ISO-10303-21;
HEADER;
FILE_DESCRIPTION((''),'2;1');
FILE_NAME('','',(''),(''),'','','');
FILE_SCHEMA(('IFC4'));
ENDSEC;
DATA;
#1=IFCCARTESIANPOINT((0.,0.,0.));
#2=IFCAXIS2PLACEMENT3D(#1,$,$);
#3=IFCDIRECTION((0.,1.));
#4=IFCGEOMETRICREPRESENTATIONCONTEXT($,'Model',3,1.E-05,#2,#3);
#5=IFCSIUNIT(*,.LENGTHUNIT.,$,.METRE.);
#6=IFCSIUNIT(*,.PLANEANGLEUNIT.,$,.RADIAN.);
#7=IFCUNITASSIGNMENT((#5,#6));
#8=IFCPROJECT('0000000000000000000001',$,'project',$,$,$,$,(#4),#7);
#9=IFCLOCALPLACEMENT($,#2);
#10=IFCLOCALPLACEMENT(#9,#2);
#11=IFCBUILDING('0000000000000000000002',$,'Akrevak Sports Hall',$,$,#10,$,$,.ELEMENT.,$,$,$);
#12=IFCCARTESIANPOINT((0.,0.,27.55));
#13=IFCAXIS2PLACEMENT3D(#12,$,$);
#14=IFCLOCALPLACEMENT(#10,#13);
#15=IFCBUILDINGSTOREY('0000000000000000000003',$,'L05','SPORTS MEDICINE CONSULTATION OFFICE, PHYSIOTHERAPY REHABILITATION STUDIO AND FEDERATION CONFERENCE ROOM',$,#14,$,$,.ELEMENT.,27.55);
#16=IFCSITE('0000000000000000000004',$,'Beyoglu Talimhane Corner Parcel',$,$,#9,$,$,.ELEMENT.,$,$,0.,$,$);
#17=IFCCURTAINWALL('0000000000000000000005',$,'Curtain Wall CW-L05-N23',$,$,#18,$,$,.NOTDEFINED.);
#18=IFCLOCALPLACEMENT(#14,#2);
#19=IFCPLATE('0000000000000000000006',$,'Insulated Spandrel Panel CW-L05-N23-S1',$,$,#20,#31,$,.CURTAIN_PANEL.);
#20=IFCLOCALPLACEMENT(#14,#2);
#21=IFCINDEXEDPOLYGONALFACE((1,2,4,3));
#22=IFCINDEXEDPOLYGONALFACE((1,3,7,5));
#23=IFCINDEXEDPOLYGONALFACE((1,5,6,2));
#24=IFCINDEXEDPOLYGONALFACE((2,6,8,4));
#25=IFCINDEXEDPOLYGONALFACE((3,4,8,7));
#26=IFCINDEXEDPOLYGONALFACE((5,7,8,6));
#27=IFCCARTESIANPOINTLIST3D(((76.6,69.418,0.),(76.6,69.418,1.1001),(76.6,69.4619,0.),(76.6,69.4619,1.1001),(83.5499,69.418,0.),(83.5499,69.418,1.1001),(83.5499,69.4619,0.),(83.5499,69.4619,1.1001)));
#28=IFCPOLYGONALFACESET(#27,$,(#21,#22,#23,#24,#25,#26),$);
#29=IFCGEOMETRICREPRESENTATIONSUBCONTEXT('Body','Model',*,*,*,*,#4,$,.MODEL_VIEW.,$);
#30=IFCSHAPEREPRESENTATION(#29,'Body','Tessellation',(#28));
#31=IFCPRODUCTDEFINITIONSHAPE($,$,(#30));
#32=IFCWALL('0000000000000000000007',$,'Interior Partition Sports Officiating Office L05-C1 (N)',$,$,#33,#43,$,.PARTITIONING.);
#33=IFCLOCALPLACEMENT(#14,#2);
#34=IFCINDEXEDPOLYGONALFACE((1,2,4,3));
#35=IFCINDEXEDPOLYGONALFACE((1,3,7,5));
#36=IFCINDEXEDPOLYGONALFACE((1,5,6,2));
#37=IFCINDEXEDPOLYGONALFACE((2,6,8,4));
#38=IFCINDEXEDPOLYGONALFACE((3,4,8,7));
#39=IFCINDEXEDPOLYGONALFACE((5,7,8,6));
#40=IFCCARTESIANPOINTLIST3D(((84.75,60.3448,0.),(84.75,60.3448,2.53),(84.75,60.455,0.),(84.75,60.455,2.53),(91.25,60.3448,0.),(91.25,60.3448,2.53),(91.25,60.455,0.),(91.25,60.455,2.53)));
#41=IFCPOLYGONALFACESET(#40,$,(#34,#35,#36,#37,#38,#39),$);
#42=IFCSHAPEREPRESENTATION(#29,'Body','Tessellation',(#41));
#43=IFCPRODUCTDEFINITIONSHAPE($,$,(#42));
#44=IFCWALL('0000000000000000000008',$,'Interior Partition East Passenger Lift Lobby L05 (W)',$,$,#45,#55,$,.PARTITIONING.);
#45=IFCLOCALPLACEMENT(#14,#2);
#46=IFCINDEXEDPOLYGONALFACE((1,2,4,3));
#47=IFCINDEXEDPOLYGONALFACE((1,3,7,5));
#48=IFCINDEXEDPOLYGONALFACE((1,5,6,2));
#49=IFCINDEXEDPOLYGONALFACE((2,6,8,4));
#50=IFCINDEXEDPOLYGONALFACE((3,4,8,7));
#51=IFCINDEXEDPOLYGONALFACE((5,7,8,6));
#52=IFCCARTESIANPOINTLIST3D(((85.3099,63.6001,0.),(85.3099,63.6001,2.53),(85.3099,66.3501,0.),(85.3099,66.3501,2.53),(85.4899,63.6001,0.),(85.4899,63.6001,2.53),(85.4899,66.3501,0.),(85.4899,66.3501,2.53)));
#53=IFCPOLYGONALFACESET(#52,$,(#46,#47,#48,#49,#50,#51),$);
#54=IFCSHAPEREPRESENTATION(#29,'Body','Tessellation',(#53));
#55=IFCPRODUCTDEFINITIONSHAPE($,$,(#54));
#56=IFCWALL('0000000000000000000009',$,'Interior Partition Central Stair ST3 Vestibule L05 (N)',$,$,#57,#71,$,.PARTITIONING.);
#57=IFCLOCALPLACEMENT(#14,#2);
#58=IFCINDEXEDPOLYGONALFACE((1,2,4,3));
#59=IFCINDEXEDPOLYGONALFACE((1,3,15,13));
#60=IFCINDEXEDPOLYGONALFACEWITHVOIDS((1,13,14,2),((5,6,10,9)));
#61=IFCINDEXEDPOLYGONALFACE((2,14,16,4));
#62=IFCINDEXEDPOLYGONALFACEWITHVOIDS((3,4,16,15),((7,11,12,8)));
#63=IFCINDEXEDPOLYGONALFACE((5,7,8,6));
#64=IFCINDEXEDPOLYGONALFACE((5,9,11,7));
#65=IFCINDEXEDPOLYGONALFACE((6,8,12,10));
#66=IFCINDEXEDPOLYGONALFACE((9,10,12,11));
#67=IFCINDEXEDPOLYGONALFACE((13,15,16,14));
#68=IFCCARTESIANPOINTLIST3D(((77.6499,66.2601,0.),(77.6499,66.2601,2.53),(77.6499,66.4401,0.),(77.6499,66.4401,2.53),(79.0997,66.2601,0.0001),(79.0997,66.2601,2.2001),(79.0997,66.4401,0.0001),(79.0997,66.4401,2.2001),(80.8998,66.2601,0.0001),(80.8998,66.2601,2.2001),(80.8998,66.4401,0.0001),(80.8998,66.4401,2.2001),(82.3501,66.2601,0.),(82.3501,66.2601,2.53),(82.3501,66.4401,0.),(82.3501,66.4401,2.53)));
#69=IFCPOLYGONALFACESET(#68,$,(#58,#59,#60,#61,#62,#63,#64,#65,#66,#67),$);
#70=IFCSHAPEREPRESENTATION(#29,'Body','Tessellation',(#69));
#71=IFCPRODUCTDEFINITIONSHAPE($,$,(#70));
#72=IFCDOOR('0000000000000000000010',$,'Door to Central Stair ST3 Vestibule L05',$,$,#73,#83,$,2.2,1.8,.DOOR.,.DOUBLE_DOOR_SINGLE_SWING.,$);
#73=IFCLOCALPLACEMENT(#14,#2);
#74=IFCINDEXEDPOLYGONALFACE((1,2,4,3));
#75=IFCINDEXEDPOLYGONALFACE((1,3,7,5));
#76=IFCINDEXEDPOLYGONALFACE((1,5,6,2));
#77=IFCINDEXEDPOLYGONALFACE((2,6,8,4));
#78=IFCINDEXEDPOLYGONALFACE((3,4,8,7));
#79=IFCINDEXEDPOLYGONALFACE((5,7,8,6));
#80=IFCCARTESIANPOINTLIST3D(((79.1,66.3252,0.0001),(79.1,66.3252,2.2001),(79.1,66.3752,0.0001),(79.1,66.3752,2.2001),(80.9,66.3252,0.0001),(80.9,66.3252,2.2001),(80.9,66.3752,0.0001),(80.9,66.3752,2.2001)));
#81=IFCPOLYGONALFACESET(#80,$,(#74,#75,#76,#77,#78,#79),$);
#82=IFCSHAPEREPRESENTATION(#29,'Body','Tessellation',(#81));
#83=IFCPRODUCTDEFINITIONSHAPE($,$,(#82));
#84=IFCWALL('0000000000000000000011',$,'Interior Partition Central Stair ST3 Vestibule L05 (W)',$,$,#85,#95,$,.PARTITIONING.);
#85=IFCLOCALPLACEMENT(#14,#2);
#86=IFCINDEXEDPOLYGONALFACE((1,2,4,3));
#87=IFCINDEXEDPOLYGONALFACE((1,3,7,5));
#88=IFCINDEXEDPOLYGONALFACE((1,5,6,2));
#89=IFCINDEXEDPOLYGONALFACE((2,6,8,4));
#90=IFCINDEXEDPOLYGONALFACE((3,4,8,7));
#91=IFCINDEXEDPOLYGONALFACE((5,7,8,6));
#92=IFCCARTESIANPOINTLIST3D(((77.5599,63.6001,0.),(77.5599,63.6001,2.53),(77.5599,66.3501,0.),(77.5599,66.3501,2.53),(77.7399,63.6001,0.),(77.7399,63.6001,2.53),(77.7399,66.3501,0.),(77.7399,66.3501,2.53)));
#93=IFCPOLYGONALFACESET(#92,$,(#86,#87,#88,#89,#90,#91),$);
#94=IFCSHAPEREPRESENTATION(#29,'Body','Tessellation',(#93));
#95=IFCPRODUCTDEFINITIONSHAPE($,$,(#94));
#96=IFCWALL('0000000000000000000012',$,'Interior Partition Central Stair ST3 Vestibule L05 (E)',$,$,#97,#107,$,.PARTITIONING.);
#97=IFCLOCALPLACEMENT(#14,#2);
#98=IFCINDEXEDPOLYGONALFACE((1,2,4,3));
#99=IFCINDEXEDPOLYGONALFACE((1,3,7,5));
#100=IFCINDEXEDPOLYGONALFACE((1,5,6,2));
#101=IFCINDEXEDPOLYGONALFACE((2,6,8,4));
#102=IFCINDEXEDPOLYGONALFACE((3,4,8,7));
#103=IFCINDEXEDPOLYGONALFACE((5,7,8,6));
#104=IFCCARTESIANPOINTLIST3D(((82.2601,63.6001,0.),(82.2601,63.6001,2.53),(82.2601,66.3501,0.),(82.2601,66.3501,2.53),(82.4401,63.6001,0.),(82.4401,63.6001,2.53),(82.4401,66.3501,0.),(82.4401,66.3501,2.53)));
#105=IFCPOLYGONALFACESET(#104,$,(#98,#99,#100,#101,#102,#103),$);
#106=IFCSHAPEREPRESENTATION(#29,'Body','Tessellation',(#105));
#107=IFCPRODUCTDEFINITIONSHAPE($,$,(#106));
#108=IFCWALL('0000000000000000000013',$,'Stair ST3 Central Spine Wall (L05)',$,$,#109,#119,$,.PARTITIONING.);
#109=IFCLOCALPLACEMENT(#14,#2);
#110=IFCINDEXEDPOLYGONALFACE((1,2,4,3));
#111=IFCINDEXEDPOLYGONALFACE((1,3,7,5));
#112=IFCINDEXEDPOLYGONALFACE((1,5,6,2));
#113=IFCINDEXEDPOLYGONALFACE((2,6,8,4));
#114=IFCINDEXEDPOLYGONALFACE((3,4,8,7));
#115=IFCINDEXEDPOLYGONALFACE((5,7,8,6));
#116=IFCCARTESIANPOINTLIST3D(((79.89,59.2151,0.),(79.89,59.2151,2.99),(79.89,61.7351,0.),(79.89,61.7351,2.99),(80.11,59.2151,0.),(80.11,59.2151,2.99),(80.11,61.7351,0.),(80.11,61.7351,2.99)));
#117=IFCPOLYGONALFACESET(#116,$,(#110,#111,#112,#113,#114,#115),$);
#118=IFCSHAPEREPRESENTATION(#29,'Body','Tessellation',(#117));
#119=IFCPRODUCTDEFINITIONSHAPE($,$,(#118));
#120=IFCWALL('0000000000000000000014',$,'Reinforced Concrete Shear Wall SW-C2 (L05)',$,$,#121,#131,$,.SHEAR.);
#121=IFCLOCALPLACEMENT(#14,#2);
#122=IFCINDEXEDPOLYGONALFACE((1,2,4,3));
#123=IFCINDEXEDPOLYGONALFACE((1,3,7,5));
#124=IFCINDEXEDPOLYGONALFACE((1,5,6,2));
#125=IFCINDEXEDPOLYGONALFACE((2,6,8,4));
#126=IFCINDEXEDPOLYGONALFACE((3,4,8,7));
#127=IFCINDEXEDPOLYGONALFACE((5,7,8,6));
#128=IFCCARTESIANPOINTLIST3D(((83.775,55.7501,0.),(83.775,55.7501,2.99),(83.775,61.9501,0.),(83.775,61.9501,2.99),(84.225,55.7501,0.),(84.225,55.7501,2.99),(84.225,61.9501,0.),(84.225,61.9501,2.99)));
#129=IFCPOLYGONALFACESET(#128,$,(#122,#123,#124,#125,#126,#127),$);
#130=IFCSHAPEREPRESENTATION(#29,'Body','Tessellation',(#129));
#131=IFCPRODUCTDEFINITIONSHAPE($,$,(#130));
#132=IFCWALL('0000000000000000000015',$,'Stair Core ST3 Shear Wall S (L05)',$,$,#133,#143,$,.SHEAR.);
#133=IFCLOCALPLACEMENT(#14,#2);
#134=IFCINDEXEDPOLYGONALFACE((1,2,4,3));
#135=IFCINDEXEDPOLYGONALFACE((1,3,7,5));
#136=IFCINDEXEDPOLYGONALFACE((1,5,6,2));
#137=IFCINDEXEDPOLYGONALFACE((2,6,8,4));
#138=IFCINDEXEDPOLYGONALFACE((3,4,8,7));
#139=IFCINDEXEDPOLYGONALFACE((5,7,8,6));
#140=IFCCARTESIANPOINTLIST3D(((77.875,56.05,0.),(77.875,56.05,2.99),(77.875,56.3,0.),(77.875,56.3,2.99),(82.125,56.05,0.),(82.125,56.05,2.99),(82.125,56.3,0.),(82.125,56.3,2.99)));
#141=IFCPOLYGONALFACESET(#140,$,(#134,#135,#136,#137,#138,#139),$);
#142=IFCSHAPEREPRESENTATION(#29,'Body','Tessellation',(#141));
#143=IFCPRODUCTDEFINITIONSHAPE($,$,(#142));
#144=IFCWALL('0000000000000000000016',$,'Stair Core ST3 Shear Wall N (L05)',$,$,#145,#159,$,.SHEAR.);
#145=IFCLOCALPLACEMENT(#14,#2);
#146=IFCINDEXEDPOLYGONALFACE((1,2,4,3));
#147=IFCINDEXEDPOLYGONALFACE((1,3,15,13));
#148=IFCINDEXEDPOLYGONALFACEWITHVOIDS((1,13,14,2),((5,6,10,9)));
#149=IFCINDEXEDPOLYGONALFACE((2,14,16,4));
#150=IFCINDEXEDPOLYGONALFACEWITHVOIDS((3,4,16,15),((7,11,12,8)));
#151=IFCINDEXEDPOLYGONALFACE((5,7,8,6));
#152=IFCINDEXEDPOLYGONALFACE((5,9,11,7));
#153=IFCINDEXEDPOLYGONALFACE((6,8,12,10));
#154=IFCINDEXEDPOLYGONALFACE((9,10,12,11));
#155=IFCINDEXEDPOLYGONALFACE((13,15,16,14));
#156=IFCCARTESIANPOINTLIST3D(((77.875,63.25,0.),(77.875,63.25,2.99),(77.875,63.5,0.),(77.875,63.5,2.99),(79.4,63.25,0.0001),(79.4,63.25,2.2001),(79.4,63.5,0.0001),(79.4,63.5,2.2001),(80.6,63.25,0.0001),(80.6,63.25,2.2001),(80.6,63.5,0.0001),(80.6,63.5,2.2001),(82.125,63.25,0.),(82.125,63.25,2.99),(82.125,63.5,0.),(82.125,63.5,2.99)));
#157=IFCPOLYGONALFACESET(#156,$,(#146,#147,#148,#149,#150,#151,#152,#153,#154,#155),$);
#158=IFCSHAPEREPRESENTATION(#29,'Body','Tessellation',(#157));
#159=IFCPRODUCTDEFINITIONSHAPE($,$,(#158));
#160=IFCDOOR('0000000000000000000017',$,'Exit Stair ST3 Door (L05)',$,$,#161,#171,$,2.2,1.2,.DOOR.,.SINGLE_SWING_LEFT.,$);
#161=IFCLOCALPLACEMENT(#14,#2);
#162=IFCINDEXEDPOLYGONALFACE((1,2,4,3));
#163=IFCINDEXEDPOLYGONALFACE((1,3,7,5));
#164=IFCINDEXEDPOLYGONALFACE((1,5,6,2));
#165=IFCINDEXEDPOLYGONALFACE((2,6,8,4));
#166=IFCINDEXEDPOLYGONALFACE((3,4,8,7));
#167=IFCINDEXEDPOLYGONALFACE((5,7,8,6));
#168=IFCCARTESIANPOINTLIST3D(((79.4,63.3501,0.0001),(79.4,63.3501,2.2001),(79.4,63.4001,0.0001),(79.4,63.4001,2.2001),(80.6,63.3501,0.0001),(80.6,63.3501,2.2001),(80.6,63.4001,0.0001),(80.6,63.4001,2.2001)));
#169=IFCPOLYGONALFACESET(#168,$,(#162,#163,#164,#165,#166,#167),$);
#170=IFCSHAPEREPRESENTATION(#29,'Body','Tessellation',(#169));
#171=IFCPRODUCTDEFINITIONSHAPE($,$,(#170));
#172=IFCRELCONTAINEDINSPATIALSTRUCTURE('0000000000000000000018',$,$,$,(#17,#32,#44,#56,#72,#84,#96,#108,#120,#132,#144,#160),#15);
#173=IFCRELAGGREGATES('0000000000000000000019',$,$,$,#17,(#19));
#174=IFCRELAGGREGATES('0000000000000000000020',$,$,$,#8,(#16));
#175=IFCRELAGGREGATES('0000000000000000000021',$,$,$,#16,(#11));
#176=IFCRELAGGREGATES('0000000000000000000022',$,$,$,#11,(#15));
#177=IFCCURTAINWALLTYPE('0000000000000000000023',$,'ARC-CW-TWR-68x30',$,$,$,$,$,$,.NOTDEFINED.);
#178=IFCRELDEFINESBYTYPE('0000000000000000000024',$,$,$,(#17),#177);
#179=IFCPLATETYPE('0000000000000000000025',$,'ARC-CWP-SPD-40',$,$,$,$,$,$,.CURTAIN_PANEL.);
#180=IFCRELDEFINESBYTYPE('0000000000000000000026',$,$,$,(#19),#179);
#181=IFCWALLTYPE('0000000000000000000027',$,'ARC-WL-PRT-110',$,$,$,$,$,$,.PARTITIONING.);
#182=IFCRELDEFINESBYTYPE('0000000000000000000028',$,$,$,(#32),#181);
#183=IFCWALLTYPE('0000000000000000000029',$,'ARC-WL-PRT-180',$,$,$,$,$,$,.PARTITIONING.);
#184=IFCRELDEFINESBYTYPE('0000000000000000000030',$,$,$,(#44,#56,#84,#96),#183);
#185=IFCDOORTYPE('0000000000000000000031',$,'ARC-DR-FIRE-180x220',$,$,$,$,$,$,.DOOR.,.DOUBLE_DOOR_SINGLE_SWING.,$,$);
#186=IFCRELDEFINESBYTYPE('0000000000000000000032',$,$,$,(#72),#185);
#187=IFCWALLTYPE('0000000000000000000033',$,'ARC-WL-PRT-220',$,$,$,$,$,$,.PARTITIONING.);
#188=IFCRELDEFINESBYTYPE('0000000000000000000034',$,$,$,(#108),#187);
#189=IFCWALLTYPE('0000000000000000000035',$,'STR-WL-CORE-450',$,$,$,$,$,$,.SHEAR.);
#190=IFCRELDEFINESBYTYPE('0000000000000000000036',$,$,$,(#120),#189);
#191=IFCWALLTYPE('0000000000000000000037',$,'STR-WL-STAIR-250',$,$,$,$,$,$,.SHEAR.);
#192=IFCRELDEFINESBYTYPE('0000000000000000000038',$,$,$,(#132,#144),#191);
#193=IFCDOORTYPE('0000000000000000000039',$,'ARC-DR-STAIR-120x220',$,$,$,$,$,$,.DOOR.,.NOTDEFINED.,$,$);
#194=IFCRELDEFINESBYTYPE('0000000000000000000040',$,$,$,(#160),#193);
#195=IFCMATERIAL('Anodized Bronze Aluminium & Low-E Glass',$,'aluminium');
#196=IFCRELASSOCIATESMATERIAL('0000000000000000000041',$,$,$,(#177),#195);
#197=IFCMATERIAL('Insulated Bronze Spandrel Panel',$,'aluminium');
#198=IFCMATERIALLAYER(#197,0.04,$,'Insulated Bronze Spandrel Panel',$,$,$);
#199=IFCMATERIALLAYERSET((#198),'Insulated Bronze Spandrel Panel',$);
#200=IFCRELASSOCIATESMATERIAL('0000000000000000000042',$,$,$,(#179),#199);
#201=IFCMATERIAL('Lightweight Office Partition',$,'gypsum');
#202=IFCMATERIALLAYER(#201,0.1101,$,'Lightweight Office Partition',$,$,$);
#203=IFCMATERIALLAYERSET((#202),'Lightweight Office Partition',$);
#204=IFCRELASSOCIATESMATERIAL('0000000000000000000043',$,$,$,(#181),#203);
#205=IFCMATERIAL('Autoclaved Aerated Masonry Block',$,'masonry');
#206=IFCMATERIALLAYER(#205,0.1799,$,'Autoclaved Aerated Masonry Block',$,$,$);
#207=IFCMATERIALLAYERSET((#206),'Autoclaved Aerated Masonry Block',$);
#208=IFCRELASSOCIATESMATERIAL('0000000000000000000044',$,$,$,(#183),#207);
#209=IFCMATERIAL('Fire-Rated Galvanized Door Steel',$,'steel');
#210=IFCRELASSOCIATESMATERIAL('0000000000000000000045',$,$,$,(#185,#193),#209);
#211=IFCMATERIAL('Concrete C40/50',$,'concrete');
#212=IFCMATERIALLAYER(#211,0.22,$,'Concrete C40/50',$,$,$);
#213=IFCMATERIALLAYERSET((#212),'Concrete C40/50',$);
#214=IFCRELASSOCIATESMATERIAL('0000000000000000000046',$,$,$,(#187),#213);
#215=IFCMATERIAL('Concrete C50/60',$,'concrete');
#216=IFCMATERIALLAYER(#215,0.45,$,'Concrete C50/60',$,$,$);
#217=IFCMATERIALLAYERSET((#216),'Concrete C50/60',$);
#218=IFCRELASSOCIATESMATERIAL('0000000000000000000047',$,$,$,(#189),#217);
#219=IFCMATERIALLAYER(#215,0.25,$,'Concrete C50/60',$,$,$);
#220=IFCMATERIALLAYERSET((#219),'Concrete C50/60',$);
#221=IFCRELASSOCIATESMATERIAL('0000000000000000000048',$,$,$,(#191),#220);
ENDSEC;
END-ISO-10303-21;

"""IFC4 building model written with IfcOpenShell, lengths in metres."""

from ifc_helpers import new_model, si_unit, direction, frame, frame_2d, origin, origin_2d, place, context, subcontext, project, spatial, rectangle, extrude, material, layer, layer_set, type_object, element, fill, aggregate, save


model = new_model("IFC4")

# Units and contexts
model_context = context("Model", 3, precision=1e-05, world=origin(), true_north=direction((0.0, 1.0)))
body_context = subcontext(model_context, "Body", "Model", "MODEL_VIEW")
ifc_project = project(units=[si_unit("LENGTHUNIT", "METRE"), si_unit("PLANEANGLEUNIT", "RADIAN")], contexts=[model_context])

# Site, building, storey
site_placement = place(None, origin())
site = spatial("IfcSite", under=ifc_project, at=site_placement, Name="Beyoglu Talimhane Corner Parcel", CompositionType="ELEMENT", RefElevation=0.0)
building_placement = place(site_placement, origin())
building = spatial("IfcBuilding", under=site, at=building_placement, Name="Akrevak Sports Hall", CompositionType="ELEMENT")
storey_placement = place(building_placement, frame((0.0, 0.0, 27.55)))
storey = spatial("IfcBuildingStorey", under=building, at=storey_placement, Name="L05", Description="SPORTS MEDICINE CONSULTATION OFFICE, PHYSIOTHERAPY REHABILITATION STUDIO AND FEDERATION CONFERENCE ROOM", CompositionType="ELEMENT", Elevation=27.55)

# Shared definitions
ifc_material_1 = material(Name="Concrete C40/50", Category="concrete")

# Shared definitions
ifc_material_2 = material(Name="Anodized Bronze Aluminium & Low-E Glass", Category="aluminium")
curtain_wall_type = type_object("IfcCurtainWallType", Name="ARC-CW-TWR-68x30", PredefinedType="NOTDEFINED", material=ifc_material_2)

# Curtain wall
curtain_wall_1_placement = place(storey_placement, origin())
curtain_wall_1 = element("IfcCurtainWall", 1, at=curtain_wall_1_placement, inside=storey, type_object=curtain_wall_type, Name="Curtain Wall CW-L05-N23", PredefinedType="NOTDEFINED")

# Plate
ifc_material_3 = material(Name="Insulated Bronze Spandrel Panel", Category="aluminium")
ifc_layer_1 = layer(ifc_material_3, 0.04, Name="Insulated Bronze Spandrel Panel")
ifc_layer_set_1 = layer_set([ifc_layer_1], Name="Insulated Bronze Spandrel Panel")
plate_type_1 = type_object("IfcPlateType", Name="ARC-CWP-SPD-40", PredefinedType="CURTAIN_PANEL", material=ifc_layer_set_1)
plate_1_placement = place(storey_placement, frame((80.075, 69.4399, 0.0), z_axis=(0.0, 0.0, 1.0), x_axis=(-1.0, 0.0, 0.0)))
plate_1 = element("IfcPlate", 2, at=plate_1_placement, type_object=plate_type_1, Name="Insulated Spandrel Panel CW-L05-N23-S1", PredefinedType="CURTAIN_PANEL", context=body_context, shape_type="SweptSolid", body=[
    extrude(rectangle(XDim=6.95, YDim=0.0439, at=origin_2d()), origin(), (0.0, 0.0, 1.0), 1.1001),
])
aggregate(curtain_wall_1, [plate_1])

# Walls
ifc_material_4 = material(Name="Lightweight Office Partition", Category="gypsum")
ifc_layer_2 = layer(ifc_material_4, 0.1101, Name="Lightweight Office Partition")
ifc_layer_set_2 = layer_set([ifc_layer_2], Name="Lightweight Office Partition")
wall_type_1 = type_object("IfcWallType", Name="ARC-WL-PRT-110", PredefinedType="PARTITIONING", material=ifc_layer_set_2)
wall_1_placement = place(storey_placement, frame((84.75, 60.3999, 0.0), z_axis=(0.0, 0.0, 1.0), x_axis=(1.0, 0.0, 0.0)))
element("IfcWall", 3, at=wall_1_placement, inside=storey, type_object=wall_type_1, Name="Interior Partition Sports Officiating Office L05-C1 (N)", PredefinedType="PARTITIONING", context=body_context, shape_type="SweptSolid", body=[
    extrude(rectangle(XDim=6.5, YDim=0.1101, at=frame_2d((3.25, 0.0))), origin(), (0.0, 0.0, 1.0), 2.53),
])
ifc_material_5 = material(Name="Autoclaved Aerated Masonry Block", Category="masonry")
ifc_layer_3 = layer(ifc_material_5, 0.1799, Name="Autoclaved Aerated Masonry Block")
ifc_layer_set_3 = layer_set([ifc_layer_3], Name="Autoclaved Aerated Masonry Block")
wall_type_2 = type_object("IfcWallType", Name="ARC-WL-PRT-180", PredefinedType="PARTITIONING", material=ifc_layer_set_3)
wall_2_placement = place(storey_placement, frame((85.3999, 63.6001, 0.0), z_axis=(0.0, 0.0, 1.0), x_axis=(0.0, 1.0, 0.0)))
element("IfcWall", 4, at=wall_2_placement, inside=storey, type_object=wall_type_2, Name="Interior Partition East Passenger Lift Lobby L05 (W)", PredefinedType="PARTITIONING", context=body_context, shape_type="SweptSolid", body=[
    extrude(rectangle(XDim=2.75, YDim=0.1799, at=frame_2d((1.375, 0.0))), origin(), (0.0, 0.0, 1.0), 2.53),
])

# Wall, opening, door
wall_3_placement = place(storey_placement, frame((77.6499, 66.3501, 0.0), z_axis=(0.0, 0.0, 1.0), x_axis=(1.0, 0.0, 0.0)))
wall_3 = element("IfcWall", 5, at=wall_3_placement, inside=storey, type_object=wall_type_2, Name="Interior Partition Central Stair ST3 Vestibule L05 (N)", PredefinedType="PARTITIONING", context=body_context, shape_type="SweptSolid", body=[
    extrude(rectangle(XDim=4.7002, YDim=0.1799, at=frame_2d((2.3501, 0.0))), origin(), (0.0, 0.0, 1.0), 2.53),
])
opening_1_placement = place(wall_3_placement, frame((1.45, 0.0, 0.0)))
opening_1 = element("IfcOpeningElement", 6, at=opening_1_placement, cuts=wall_3, PredefinedType="OPENING", context=body_context, shape_type="SweptSolid", body=[
    extrude(rectangle(XDim=1.8, YDim=2.2, at=frame_2d((0.8999, 1.1001))), frame((0.0, 0.1021, 0.0), z_axis=(0.0, -1.0, 0.0), x_axis=(1.0, 0.0, 0.0)), (0.0, 0.0, 1.0), 0.2039),
])
ifc_material_6 = material(Name="Fire-Rated Galvanized Door Steel", Category="steel")
door_type_1 = type_object("IfcDoorType", Name="ARC-DR-FIRE-180x220", OperationType="DOUBLE_DOOR_SINGLE_SWING", PredefinedType="DOOR", material=ifc_material_6)
door_1_placement = place(opening_1_placement, frame((1.8, 0.0, 0.0), z_axis=(0.0, 0.0, 1.0), x_axis=(-1.0, 0.0, 0.0)))
door_1 = element("IfcDoor", 7, at=door_1_placement, inside=storey, type_object=door_type_1, Name="Door to Central Stair ST3 Vestibule L05", OperationType="DOUBLE_DOOR_SINGLE_SWING", OverallHeight=2.2, OverallWidth=1.8, PredefinedType="DOOR", context=body_context, shape_type="SweptSolid", body=[
    extrude(rectangle(XDim=1.8, YDim=2.2, at=frame_2d((0.8999, 1.1001))), frame((0.0, 0.0249, 0.0), z_axis=(0.0, -1.0, 0.0), x_axis=(1.0, 0.0, 0.0)), (0.0, 0.0, 1.0), 0.05),
])
fill(opening_1, door_1)

# Walls
for number, where, z_axis, x_axis, name in (
    (8, (77.6499, 63.6001, 0.0), (0.0, 0.0, 1.0), (0.0, 1.0, 0.0), "Interior Partition Central Stair ST3 Vestibule L05 (W)"),
    (9, (82.3501, 63.6001, 0.0), (0.0, 0.0, 1.0), (0.0, 1.0, 0.0), "Interior Partition Central Stair ST3 Vestibule L05 (E)"),
):
    element("IfcWall", number, at=place(storey_placement, frame(where, z_axis=z_axis, x_axis=x_axis)), inside=storey, type_object=wall_type_2, Name=name, PredefinedType="PARTITIONING", context=body_context, shape_type="SweptSolid", body=[
        extrude(rectangle(XDim=2.75, YDim=0.1799, at=frame_2d((1.375, 0.0))), origin(), (0.0, 0.0, 1.0), 2.53),
    ])
ifc_layer_4 = layer(ifc_material_1, 0.22, Name="Concrete C40/50")
ifc_layer_set_4 = layer_set([ifc_layer_4], Name="Concrete C40/50")
wall_type_3 = type_object("IfcWallType", Name="ARC-WL-PRT-220", PredefinedType="PARTITIONING", material=ifc_layer_set_4)
wall_4_placement = place(storey_placement, frame((80.0, 59.2151, 0.0), z_axis=(0.0, 0.0, 1.0), x_axis=(0.0, 1.0, 0.0)))
element("IfcWall", 10, at=wall_4_placement, inside=storey, type_object=wall_type_3, Name="Stair ST3 Central Spine Wall (L05)", PredefinedType="PARTITIONING", context=body_context, shape_type="SweptSolid", body=[
    extrude(rectangle(XDim=2.52, YDim=0.22, at=frame_2d((1.26, 0.0))), origin(), (0.0, 0.0, 1.0), 2.99),
])
ifc_material_7 = material(Name="Concrete C50/60", Category="concrete")
ifc_layer_5 = layer(ifc_material_7, 0.45, Name="Concrete C50/60")
ifc_layer_set_5 = layer_set([ifc_layer_5], Name="Concrete C50/60")
wall_type_4 = type_object("IfcWallType", Name="STR-WL-CORE-450", PredefinedType="SHEAR", material=ifc_layer_set_5)
wall_5_placement = place(storey_placement, frame((84.0, 55.75, 0.0), z_axis=(0.0, 0.0, 1.0), x_axis=(0.0, 1.0, 0.0)))
element("IfcWall", 11, at=wall_5_placement, inside=storey, type_object=wall_type_4, Name="Reinforced Concrete Shear Wall SW-C2 (L05)", PredefinedType="SHEAR", context=body_context, shape_type="SweptSolid", body=[
    extrude(rectangle(XDim=6.2, YDim=0.45, at=frame_2d((3.1001, 0.0))), origin(), (0.0, 0.0, 1.0), 2.99),
])
ifc_layer_6 = layer(ifc_material_7, 0.25, Name="Concrete C50/60")
ifc_layer_set_6 = layer_set([ifc_layer_6], Name="Concrete C50/60")
wall_type_5 = type_object("IfcWallType", Name="STR-WL-STAIR-250", PredefinedType="SHEAR", material=ifc_layer_set_6)
wall_6_placement = place(storey_placement, frame((77.875, 56.175, 0.0), z_axis=(0.0, 0.0, 1.0), x_axis=(1.0, 0.0, 0.0)))
element("IfcWall", 12, at=wall_6_placement, inside=storey, type_object=wall_type_5, Name="Stair Core ST3 Shear Wall S (L05)", PredefinedType="SHEAR", context=body_context, shape_type="SweptSolid", body=[
    extrude(rectangle(XDim=4.25, YDim=0.25, at=frame_2d((2.125, 0.0))), origin(), (0.0, 0.0, 1.0), 2.99),
])

# Wall, opening, door
wall_7_placement = place(storey_placement, frame((82.125, 63.375, 0.0), z_axis=(0.0, 0.0, 1.0), x_axis=(-1.0, 0.0, 0.0)))
wall_7 = element("IfcWall", 13, at=wall_7_placement, inside=storey, type_object=wall_type_5, Name="Stair Core ST3 Shear Wall N (L05)", PredefinedType="SHEAR", context=body_context, shape_type="SweptSolid", body=[
    extrude(rectangle(XDim=4.25, YDim=0.25, at=frame_2d((2.125, 0.0))), origin(), (0.0, 0.0, 1.0), 2.99),
])
opening_2_placement = place(wall_7_placement, frame((1.5249, 0.0, 0.0)))
opening_2 = element("IfcOpeningElement", 14, at=opening_2_placement, cuts=wall_7, PredefinedType="OPENING", context=body_context, shape_type="SweptSolid", body=[
    extrude(rectangle(XDim=1.2, YDim=2.2, at=frame_2d((0.6001, 1.1001))), frame((0.0, 0.137, 0.0), z_axis=(0.0, -1.0, 0.0), x_axis=(1.0, 0.0, 0.0)), (0.0, 0.0, 1.0), 0.2739),
])
door_type_2 = type_object("IfcDoorType", Name="ARC-DR-STAIR-120x220", OperationType="NOTDEFINED", PredefinedType="DOOR", material=ifc_material_6)
door_2_placement = place(opening_2_placement, origin())
door_2 = element("IfcDoor", 15, at=door_2_placement, inside=storey, type_object=door_type_2, Name="Exit Stair ST3 Door (L05)", OperationType="SINGLE_SWING_LEFT", OverallHeight=2.2, OverallWidth=1.2, PredefinedType="DOOR", context=body_context, shape_type="SweptSolid", body=[
    extrude(rectangle(XDim=1.2, YDim=2.2, at=frame_2d((0.6001, 1.1001))), frame((0.0, 0.0249, 0.0), z_axis=(0.0, -1.0, 0.0), x_axis=(1.0, 0.0, 0.0)), (0.0, 0.0, 1.0), 0.05),
])
fill(opening_2, door_2)

save(model, "model.ifc")
